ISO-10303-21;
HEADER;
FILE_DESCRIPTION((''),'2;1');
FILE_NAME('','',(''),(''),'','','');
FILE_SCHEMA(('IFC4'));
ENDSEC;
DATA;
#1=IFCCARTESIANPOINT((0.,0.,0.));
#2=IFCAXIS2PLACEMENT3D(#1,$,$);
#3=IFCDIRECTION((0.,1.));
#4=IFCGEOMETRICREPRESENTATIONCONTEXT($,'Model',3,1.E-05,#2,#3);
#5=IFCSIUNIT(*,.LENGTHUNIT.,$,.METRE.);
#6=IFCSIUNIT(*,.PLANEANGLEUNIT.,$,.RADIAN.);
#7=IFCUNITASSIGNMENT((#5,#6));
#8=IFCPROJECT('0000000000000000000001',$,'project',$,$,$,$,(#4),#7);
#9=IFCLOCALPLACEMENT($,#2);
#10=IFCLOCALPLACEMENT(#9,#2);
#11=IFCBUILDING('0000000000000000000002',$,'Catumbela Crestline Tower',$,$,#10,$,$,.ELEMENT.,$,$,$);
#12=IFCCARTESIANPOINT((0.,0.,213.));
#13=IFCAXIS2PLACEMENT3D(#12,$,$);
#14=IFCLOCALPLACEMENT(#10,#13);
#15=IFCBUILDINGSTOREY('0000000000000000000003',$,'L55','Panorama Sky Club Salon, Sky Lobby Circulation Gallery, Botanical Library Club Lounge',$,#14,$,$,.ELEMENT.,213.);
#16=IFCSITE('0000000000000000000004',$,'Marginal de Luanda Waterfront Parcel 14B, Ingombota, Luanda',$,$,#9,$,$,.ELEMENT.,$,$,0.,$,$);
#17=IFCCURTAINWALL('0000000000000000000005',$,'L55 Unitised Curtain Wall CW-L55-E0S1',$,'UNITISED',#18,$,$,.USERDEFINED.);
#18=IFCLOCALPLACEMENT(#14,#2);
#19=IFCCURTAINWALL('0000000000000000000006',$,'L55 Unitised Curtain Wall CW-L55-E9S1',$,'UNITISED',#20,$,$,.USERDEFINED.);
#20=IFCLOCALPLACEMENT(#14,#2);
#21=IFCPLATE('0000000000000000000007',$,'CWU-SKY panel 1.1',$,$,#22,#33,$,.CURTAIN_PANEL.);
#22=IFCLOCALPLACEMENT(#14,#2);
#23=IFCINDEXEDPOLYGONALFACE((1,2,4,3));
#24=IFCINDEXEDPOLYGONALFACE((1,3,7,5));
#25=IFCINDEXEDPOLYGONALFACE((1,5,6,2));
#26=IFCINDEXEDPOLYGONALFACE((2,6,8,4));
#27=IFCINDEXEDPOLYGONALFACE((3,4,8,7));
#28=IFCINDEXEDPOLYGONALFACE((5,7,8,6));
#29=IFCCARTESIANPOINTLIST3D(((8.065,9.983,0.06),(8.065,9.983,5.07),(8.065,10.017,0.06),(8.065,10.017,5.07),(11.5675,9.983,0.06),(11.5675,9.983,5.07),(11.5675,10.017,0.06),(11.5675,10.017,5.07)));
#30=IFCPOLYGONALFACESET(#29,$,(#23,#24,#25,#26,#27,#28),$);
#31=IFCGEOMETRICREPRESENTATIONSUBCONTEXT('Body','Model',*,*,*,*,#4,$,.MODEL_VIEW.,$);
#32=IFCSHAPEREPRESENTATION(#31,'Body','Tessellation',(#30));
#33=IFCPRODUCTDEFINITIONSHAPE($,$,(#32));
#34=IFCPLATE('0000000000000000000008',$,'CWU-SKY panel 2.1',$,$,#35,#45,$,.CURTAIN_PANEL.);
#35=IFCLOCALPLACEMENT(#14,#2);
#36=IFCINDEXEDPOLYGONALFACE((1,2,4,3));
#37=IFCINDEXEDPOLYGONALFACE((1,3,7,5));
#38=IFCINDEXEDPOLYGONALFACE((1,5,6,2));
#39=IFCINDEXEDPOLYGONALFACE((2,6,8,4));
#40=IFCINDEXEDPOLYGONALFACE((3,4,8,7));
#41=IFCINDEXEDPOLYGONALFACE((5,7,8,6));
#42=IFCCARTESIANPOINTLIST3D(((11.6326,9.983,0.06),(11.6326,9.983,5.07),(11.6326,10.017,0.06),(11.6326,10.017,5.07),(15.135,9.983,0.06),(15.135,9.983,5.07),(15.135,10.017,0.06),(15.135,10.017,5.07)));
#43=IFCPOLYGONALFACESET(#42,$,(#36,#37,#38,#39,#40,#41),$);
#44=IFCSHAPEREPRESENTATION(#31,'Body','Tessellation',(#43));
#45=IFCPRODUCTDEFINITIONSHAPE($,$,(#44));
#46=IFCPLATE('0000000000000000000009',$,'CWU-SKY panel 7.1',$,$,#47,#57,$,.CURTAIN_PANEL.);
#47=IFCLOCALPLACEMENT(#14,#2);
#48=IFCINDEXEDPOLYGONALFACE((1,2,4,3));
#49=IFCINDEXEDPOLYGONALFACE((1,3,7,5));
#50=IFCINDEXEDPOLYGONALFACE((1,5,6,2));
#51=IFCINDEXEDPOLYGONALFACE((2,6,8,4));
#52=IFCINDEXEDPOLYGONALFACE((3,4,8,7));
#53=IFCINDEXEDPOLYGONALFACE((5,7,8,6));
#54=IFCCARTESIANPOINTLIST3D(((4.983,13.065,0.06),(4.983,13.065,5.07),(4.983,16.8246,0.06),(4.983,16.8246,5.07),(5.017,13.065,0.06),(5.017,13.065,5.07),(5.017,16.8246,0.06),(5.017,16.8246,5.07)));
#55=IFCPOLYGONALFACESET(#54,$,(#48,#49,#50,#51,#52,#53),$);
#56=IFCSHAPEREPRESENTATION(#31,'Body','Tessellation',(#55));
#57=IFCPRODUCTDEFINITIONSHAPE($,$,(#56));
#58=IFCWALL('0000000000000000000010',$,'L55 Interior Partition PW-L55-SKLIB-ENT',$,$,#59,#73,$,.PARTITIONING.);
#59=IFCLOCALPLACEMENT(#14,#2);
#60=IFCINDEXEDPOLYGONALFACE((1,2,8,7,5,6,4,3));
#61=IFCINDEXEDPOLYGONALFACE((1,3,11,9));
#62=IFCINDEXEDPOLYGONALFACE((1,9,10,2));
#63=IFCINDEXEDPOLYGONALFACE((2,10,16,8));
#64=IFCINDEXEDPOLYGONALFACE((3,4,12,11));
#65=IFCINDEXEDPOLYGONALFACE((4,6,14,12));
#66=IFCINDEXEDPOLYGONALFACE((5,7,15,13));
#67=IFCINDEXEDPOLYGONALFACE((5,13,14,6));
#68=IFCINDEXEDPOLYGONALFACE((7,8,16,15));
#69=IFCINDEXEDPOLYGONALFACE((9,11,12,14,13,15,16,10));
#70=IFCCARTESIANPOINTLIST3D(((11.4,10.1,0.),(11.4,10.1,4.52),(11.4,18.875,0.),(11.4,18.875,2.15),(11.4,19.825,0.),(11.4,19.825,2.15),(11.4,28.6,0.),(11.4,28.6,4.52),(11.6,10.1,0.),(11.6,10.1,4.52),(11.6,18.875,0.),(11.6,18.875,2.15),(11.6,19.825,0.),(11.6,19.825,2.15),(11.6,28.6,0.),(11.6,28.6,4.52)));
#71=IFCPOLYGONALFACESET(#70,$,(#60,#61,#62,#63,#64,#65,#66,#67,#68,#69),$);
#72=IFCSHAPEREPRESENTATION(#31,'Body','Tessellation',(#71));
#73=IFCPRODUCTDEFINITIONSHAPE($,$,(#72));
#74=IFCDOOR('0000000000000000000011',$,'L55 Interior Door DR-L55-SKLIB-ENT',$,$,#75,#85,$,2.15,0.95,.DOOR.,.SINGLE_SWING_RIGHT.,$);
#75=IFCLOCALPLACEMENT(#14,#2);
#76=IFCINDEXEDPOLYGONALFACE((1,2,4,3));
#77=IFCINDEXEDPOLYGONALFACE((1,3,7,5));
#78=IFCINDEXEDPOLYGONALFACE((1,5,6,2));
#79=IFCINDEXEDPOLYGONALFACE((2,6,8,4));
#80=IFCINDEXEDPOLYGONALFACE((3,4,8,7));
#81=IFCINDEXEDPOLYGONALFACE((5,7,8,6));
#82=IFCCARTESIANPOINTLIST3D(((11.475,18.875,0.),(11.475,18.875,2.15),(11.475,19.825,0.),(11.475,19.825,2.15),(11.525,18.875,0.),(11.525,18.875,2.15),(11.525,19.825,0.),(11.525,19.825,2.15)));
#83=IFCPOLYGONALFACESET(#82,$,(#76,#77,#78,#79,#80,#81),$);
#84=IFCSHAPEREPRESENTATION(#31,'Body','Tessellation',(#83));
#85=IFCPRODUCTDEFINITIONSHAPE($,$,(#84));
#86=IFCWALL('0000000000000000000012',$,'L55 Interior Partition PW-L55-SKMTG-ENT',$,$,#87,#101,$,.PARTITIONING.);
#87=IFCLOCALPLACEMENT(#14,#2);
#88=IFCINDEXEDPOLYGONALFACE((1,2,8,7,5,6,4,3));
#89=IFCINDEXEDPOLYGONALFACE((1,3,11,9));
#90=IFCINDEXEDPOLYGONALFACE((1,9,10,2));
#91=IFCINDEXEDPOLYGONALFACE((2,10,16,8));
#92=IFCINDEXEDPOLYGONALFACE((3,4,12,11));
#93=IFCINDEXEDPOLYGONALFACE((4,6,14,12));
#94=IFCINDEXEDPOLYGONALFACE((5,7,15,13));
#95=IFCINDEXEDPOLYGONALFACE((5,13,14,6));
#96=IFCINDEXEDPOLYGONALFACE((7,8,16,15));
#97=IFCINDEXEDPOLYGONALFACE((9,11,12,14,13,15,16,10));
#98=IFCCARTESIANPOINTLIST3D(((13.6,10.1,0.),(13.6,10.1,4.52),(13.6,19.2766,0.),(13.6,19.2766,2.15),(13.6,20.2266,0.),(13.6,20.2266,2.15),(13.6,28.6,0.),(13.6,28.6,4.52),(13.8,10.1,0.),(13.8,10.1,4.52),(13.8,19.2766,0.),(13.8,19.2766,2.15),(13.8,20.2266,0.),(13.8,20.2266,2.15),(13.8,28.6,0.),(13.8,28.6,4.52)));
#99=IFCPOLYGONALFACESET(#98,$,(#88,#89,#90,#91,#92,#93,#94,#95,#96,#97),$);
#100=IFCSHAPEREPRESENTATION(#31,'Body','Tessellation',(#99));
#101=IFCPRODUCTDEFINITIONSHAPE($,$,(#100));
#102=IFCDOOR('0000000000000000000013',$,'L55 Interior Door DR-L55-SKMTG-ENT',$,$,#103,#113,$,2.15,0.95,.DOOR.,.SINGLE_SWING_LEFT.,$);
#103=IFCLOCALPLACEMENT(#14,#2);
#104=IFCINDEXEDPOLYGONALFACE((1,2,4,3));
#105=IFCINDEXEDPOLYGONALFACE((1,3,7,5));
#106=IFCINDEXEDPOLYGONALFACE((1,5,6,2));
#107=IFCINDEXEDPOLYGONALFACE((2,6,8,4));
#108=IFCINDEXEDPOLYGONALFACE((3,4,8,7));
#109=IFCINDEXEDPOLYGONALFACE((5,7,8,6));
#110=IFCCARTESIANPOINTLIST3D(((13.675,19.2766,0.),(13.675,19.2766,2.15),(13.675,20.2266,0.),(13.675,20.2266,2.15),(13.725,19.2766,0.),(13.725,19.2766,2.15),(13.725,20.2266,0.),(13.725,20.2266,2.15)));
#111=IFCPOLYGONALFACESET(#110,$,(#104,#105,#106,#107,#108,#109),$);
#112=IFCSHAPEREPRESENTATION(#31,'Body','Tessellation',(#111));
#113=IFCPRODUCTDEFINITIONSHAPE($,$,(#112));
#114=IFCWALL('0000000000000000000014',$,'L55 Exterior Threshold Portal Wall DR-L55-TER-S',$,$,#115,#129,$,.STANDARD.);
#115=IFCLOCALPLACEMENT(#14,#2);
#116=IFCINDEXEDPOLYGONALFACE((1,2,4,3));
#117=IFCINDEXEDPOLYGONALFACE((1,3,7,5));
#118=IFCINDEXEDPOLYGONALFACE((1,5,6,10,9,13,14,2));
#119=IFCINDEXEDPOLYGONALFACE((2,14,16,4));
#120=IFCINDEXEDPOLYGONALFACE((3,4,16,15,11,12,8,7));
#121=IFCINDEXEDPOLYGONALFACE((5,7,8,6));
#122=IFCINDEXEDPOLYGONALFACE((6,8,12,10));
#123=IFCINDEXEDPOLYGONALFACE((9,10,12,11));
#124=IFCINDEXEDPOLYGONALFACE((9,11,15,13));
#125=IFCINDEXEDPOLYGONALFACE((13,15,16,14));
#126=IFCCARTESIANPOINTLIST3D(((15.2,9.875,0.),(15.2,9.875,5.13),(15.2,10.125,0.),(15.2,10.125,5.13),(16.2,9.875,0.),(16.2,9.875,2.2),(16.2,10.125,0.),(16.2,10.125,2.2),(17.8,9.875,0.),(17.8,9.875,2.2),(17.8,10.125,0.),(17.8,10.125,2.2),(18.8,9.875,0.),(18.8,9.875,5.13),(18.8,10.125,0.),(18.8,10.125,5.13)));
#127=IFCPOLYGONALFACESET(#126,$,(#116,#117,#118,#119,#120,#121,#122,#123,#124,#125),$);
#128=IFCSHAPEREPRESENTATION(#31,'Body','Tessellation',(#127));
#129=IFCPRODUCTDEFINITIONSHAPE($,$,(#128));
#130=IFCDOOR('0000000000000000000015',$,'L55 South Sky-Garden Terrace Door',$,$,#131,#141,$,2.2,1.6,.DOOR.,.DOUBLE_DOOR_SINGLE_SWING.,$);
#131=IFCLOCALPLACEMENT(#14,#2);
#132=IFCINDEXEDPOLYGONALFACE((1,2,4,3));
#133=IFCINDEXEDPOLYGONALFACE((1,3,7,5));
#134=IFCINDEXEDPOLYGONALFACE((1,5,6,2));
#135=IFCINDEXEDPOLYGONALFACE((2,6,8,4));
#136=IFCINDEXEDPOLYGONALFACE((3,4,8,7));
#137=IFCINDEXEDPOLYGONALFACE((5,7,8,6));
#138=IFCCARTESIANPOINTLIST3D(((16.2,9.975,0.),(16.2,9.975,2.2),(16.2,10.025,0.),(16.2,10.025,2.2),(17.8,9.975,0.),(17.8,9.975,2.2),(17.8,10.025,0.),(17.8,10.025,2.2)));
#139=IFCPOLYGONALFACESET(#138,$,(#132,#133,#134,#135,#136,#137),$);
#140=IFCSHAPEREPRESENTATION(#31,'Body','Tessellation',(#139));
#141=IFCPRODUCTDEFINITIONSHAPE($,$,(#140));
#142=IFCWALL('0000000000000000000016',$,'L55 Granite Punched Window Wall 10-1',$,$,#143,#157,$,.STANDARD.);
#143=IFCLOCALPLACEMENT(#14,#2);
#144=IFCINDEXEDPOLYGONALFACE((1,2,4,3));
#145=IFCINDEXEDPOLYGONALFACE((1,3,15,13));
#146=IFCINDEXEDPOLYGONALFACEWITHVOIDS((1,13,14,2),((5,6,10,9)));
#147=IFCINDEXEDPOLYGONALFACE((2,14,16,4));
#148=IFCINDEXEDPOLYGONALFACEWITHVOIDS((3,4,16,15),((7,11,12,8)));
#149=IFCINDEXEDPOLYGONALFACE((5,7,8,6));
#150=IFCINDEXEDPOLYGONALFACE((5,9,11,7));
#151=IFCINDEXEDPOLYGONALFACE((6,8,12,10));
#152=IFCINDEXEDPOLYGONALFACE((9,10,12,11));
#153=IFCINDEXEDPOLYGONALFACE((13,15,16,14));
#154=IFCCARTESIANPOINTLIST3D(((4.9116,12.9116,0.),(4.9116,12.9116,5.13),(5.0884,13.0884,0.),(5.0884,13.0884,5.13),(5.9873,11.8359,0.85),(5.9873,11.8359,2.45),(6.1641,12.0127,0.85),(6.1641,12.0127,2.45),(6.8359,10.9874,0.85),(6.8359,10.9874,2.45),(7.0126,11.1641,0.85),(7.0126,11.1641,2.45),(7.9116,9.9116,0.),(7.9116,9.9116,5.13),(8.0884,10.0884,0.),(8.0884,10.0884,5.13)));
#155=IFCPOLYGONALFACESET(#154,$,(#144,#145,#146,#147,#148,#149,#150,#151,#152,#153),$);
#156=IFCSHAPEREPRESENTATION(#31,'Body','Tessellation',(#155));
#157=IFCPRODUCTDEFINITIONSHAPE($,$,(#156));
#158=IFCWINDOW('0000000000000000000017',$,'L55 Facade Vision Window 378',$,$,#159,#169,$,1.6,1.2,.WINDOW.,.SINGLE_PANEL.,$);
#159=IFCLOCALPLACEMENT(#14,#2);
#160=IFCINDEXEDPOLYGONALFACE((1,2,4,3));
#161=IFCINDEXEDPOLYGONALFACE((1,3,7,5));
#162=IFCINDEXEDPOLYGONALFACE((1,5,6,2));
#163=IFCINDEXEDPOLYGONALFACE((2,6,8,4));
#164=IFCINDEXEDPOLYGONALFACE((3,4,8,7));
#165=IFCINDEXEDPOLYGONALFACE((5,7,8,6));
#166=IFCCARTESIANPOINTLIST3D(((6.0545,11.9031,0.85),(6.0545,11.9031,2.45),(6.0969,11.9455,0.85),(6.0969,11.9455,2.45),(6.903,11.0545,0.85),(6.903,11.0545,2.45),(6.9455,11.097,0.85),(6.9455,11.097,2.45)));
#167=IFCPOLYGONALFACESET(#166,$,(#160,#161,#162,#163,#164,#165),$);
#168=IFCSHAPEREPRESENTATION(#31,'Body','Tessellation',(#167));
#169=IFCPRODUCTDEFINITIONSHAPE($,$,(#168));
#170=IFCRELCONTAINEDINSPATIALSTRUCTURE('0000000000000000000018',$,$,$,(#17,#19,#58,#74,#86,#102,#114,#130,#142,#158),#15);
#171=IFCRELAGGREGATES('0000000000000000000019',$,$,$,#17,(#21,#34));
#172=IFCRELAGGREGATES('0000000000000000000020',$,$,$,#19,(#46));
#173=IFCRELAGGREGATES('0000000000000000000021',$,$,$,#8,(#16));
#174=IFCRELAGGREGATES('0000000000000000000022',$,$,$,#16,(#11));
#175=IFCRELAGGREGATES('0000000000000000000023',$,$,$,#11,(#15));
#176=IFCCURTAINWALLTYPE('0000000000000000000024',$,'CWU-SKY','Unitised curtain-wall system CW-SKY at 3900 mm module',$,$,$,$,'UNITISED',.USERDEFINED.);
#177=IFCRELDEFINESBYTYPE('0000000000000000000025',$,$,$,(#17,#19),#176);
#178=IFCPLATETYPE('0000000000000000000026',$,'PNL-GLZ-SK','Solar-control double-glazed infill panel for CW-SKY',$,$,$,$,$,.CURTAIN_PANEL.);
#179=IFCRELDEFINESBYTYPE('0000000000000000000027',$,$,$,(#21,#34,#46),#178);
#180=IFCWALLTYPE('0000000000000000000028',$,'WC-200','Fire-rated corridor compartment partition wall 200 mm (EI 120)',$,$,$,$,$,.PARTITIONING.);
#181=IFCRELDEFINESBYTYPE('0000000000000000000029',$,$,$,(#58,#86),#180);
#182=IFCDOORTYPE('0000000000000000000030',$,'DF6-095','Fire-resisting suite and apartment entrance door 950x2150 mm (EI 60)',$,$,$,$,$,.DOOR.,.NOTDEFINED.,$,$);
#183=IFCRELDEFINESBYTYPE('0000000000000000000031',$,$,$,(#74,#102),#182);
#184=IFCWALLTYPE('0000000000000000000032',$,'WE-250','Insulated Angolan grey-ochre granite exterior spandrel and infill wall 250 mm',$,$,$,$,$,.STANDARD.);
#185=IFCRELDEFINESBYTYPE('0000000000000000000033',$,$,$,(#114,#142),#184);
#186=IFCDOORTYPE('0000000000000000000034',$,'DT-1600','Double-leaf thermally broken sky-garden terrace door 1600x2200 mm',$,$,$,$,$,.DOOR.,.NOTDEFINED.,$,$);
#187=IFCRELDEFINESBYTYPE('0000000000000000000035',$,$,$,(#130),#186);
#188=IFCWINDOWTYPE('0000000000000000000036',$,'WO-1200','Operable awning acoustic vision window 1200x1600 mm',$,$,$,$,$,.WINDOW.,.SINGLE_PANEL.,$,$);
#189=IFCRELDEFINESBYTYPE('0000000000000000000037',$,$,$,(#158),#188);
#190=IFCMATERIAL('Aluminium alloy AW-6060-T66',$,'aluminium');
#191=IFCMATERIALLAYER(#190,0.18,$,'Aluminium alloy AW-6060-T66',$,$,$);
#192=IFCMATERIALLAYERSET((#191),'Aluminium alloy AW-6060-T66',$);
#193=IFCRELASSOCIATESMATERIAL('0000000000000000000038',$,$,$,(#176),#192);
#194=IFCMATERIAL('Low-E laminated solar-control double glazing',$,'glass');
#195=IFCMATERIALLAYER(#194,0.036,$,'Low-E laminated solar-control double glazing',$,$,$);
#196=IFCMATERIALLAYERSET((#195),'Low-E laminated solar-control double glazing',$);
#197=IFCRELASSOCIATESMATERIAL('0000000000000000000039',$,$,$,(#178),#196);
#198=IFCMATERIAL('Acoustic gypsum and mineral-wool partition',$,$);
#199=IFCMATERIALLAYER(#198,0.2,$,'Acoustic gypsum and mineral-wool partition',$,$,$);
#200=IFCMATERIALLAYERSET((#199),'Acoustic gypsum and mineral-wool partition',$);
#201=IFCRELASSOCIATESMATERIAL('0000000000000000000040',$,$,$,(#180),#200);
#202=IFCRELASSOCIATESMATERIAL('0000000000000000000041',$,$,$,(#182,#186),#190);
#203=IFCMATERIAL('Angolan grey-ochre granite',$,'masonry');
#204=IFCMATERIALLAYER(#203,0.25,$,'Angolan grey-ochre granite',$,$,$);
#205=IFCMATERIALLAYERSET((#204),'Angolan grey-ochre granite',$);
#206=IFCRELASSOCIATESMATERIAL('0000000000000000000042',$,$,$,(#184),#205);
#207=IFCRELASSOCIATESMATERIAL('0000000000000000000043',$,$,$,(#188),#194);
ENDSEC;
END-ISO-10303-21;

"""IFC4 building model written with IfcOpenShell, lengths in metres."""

from ifc_helpers import new_model, si_unit, direction, frame, frame_2d, origin, origin_2d, place, context, subcontext, project, spatial, rectangle, extrude, material, layer, layer_set, type_object, element, fill, aggregate, save


model = new_model("IFC4")

# Units and contexts
model_context = context("Model", 3, precision=1e-05, world=origin(), true_north=direction((0.0, 1.0)))
body_context = subcontext(model_context, "Body", "Model", "MODEL_VIEW")
ifc_project = project(units=[si_unit("LENGTHUNIT", "METRE"), si_unit("PLANEANGLEUNIT", "RADIAN")], contexts=[model_context])

# Site, building, storey
site_placement = place(None, origin())
site = spatial("IfcSite", under=ifc_project, at=site_placement, Name="Marginal de Luanda Waterfront Parcel 14B, Ingombota, Luanda", CompositionType="ELEMENT", RefElevation=0.0)
building_placement = place(site_placement, origin())
building = spatial("IfcBuilding", under=site, at=building_placement, Name="Catumbela Crestline Tower", CompositionType="ELEMENT")
storey_placement = place(building_placement, frame((0.0, 0.0, 213.0)))
storey = spatial("IfcBuildingStorey", under=building, at=storey_placement, Name="L55", Description="Panorama Sky Club Salon, Sky Lobby Circulation Gallery, Botanical Library Club Lounge", CompositionType="ELEMENT", Elevation=213.0)

# Curtain walls
ifc_material_1 = material(Name="Aluminium alloy AW-6060-T66", Category="aluminium")
ifc_layer_1 = layer(ifc_material_1, 0.18, Name="Aluminium alloy AW-6060-T66")
ifc_layer_set_1 = layer_set([ifc_layer_1], Name="Aluminium alloy AW-6060-T66")
curtain_wall_type = type_object("IfcCurtainWallType", Name="CWU-SKY", Description="Unitised curtain-wall system CW-SKY at 3900 mm module", ElementType="UNITISED", PredefinedType="USERDEFINED", material=ifc_layer_set_1)
curtain_wall_1_placement = place(storey_placement, origin())
curtain_wall_1 = element("IfcCurtainWall", 1, at=curtain_wall_1_placement, inside=storey, type_object=curtain_wall_type, Name="L55 Unitised Curtain Wall CW-L55-E0S1", ObjectType="UNITISED", PredefinedType="USERDEFINED")
curtain_wall_2_placement = place(storey_placement, origin())
curtain_wall_2 = element("IfcCurtainWall", 2, at=curtain_wall_2_placement, inside=storey, type_object=curtain_wall_type, Name="L55 Unitised Curtain Wall CW-L55-E9S1", ObjectType="UNITISED", PredefinedType="USERDEFINED")

# Plates
ifc_material_2 = material(Name="Low-E laminated solar-control double glazing", Category="glass")
ifc_layer_2 = layer(ifc_material_2, 0.036, Name="Low-E laminated solar-control double glazing")
ifc_layer_set_2 = layer_set([ifc_layer_2], Name="Low-E laminated solar-control double glazing")
plate_type = type_object("IfcPlateType", Name="PNL-GLZ-SK", Description="Solar-control double-glazed infill panel for CW-SKY", PredefinedType="CURTAIN_PANEL", material=ifc_layer_set_2)
plate_1_placement = place(storey_placement, frame((9.8162, 10.0, 0.06), z_axis=(0.0, 0.0, 1.0), x_axis=(1.0, 0.0, 0.0)))
plate_1 = element("IfcPlate", 3, at=plate_1_placement, type_object=plate_type, Name="CWU-SKY panel 1.1", PredefinedType="CURTAIN_PANEL", context=body_context, shape_type="SweptSolid", body=[
    extrude(rectangle(XDim=3.5025, YDim=0.034, at=origin_2d()), origin(), (0.0, 0.0, 1.0), 5.01),
])
plate_2_placement = place(storey_placement, frame((13.3838, 10.0, 0.06), z_axis=(0.0, 0.0, 1.0), x_axis=(1.0, 0.0, 0.0)))
plate_2 = element("IfcPlate", 4, at=plate_2_placement, type_object=plate_type, Name="CWU-SKY panel 2.1", PredefinedType="CURTAIN_PANEL", context=body_context, shape_type="SweptSolid", body=[
    extrude(rectangle(XDim=3.5025, YDim=0.034, at=origin_2d()), origin(), (0.0, 0.0, 1.0), 5.01),
])
aggregate(curtain_wall_1, [plate_1, plate_2])
plate_3_placement = place(storey_placement, frame((5.0, 14.9448, 0.06), z_axis=(0.0, 0.0, 1.0), x_axis=(0.0, -1.0, 0.0)))
plate_3 = element("IfcPlate", 5, at=plate_3_placement, type_object=plate_type, Name="CWU-SKY panel 7.1", PredefinedType="CURTAIN_PANEL", context=body_context, shape_type="SweptSolid", body=[
    extrude(rectangle(XDim=3.7596, YDim=0.034, at=origin_2d()), origin(), (0.0, 0.0, 1.0), 5.01),
])
aggregate(curtain_wall_2, [plate_3])

# Walls, openings, doors
ifc_material_3 = material(Name="Acoustic gypsum and mineral-wool partition")
ifc_layer_3 = layer(ifc_material_3, 0.2, Name="Acoustic gypsum and mineral-wool partition")
ifc_layer_set_3 = layer_set([ifc_layer_3], Name="Acoustic gypsum and mineral-wool partition")
wall_type_1 = type_object("IfcWallType", Name="WC-200", Description="Fire-rated corridor compartment partition wall 200 mm (EI 120)", PredefinedType="PARTITIONING", material=ifc_layer_set_3)
wall_1_placement = place(storey_placement, frame((11.5, 10.1, 0.0), z_axis=(0.0, 0.0, 1.0), x_axis=(0.0, 1.0, 0.0)))
wall_1 = element("IfcWall", 6, at=wall_1_placement, inside=storey, type_object=wall_type_1, Name="L55 Interior Partition PW-L55-SKLIB-ENT", PredefinedType="PARTITIONING", context=body_context, shape_type="SweptSolid", body=[
    extrude(rectangle(XDim=18.5, YDim=0.2, at=frame_2d((9.25, 0.0))), origin(), (0.0, 0.0, 1.0), 4.52),
])
opening_1_placement = place(wall_1_placement, frame((8.775, 0.0, 0.0)))
opening_1 = element("IfcOpeningElement", 7, at=opening_1_placement, cuts=wall_1, PredefinedType="OPENING", context=body_context, shape_type="SweptSolid", body=[
    extrude(rectangle(XDim=0.95, YDim=2.15, at=frame_2d((0.475, 1.075))), frame((0.0, 0.11, 0.0), z_axis=(0.0, -1.0, 0.0), x_axis=(1.0, 0.0, 0.0)), (0.0, 0.0, 1.0), 0.22),
])
door_type_1 = type_object("IfcDoorType", Name="DF6-095", Description="Fire-resisting suite and apartment entrance door 950x2150 mm (EI 60)", OperationType="NOTDEFINED", PredefinedType="DOOR", material=ifc_material_1)
door_1_placement = place(opening_1_placement, origin())
door_1 = element("IfcDoor", 8, at=door_1_placement, inside=storey, type_object=door_type_1, Name="L55 Interior Door DR-L55-SKLIB-ENT", OperationType="SINGLE_SWING_RIGHT", OverallHeight=2.15, OverallWidth=0.95, PredefinedType="DOOR", context=body_context, shape_type="SweptSolid", body=[
    extrude(rectangle(XDim=0.95, YDim=2.15, at=frame_2d((0.475, 1.075))), frame((0.0, 0.025, 0.0), z_axis=(0.0, -1.0, 0.0), x_axis=(1.0, 0.0, 0.0)), (0.0, 0.0, 1.0), 0.05),
])
fill(opening_1, door_1)
wall_2_placement = place(storey_placement, frame((13.7, 10.1, 0.0), z_axis=(0.0, 0.0, 1.0), x_axis=(0.0, 1.0, 0.0)))
wall_2 = element("IfcWall", 9, at=wall_2_placement, inside=storey, type_object=wall_type_1, Name="L55 Interior Partition PW-L55-SKMTG-ENT", PredefinedType="PARTITIONING", context=body_context, shape_type="SweptSolid", body=[
    extrude(rectangle(XDim=18.5, YDim=0.2, at=frame_2d((9.25, 0.0))), origin(), (0.0, 0.0, 1.0), 4.52),
])
opening_2_placement = place(wall_2_placement, frame((9.1766, 0.0, 0.0)))
opening_2 = element("IfcOpeningElement", 10, at=opening_2_placement, cuts=wall_2, PredefinedType="OPENING", context=body_context, shape_type="SweptSolid", body=[
    extrude(rectangle(XDim=0.95, YDim=2.15, at=frame_2d((0.475, 1.075))), frame((0.0, 0.11, 0.0), z_axis=(0.0, -1.0, 0.0), x_axis=(1.0, 0.0, 0.0)), (0.0, 0.0, 1.0), 0.22),
])
door_2_placement = place(opening_2_placement, origin())
door_2 = element("IfcDoor", 11, at=door_2_placement, inside=storey, type_object=door_type_1, Name="L55 Interior Door DR-L55-SKMTG-ENT", OperationType="SINGLE_SWING_LEFT", OverallHeight=2.15, OverallWidth=0.95, PredefinedType="DOOR", context=body_context, shape_type="SweptSolid", body=[
    extrude(rectangle(XDim=0.95, YDim=2.15, at=frame_2d((0.475, 1.075))), frame((0.0, 0.025, 0.0), z_axis=(0.0, -1.0, 0.0), x_axis=(1.0, 0.0, 0.0)), (0.0, 0.0, 1.0), 0.05),
])
fill(opening_2, door_2)
ifc_material_4 = material(Name="Angolan grey-ochre granite", Category="masonry")
ifc_layer_4 = layer(ifc_material_4, 0.25, Name="Angolan grey-ochre granite")
ifc_layer_set_4 = layer_set([ifc_layer_4], Name="Angolan grey-ochre granite")
wall_type_2 = type_object("IfcWallType", Name="WE-250", Description="Insulated Angolan grey-ochre granite exterior spandrel and infill wall 250 mm", PredefinedType="STANDARD", material=ifc_layer_set_4)
wall_3_placement = place(storey_placement, frame((15.2, 10.0, 0.0), z_axis=(0.0, 0.0, 1.0), x_axis=(1.0, 0.0, 0.0)))
wall_3 = element("IfcWall", 12, at=wall_3_placement, inside=storey, type_object=wall_type_2, Name="L55 Exterior Threshold Portal Wall DR-L55-TER-S", PredefinedType="STANDARD", context=body_context, shape_type="SweptSolid", body=[
    extrude(rectangle(XDim=3.6, YDim=0.25, at=frame_2d((1.8, 0.0))), origin(), (0.0, 0.0, 1.0), 5.13),
])
opening_3_placement = place(wall_3_placement, frame((1.0, 0.0, 0.0)))
opening_3 = element("IfcOpeningElement", 13, at=opening_3_placement, cuts=wall_3, PredefinedType="OPENING", context=body_context, shape_type="SweptSolid", body=[
    extrude(rectangle(XDim=1.6, YDim=2.2, at=frame_2d((0.8, 1.1))), frame((0.0, 0.135, 0.0), z_axis=(0.0, -1.0, 0.0), x_axis=(1.0, 0.0, 0.0)), (0.0, 0.0, 1.0), 0.27),
])
door_type_2 = type_object("IfcDoorType", Name="DT-1600", Description="Double-leaf thermally broken sky-garden terrace door 1600x2200 mm", OperationType="NOTDEFINED", PredefinedType="DOOR", material=ifc_material_1)
door_3_placement = place(opening_3_placement, origin())
door_3 = element("IfcDoor", 14, at=door_3_placement, inside=storey, type_object=door_type_2, Name="L55 South Sky-Garden Terrace Door", OperationType="DOUBLE_DOOR_SINGLE_SWING", OverallHeight=2.2, OverallWidth=1.6, PredefinedType="DOOR", context=body_context, shape_type="SweptSolid", body=[
    extrude(rectangle(XDim=1.6, YDim=2.2, at=frame_2d((0.8, 1.1))), frame((0.0, 0.025, 0.0), z_axis=(0.0, -1.0, 0.0), x_axis=(1.0, 0.0, 0.0)), (0.0, 0.0, 1.0), 0.05),
])
fill(opening_3, door_3)

# Wall, opening, window
wall_4_placement = place(storey_placement, frame((5.0, 13.0, 0.0), z_axis=(0.0, 0.0, 1.0), x_axis=(0.707107, -0.707107, 0.0)))
wall_4 = element("IfcWall", 15, at=wall_4_placement, inside=storey, type_object=wall_type_2, Name="L55 Granite Punched Window Wall 10-1", PredefinedType="STANDARD", context=body_context, shape_type="SweptSolid", body=[
    extrude(rectangle(XDim=4.2426, YDim=0.25, at=frame_2d((2.1213, 0.0))), origin(), (0.0, 0.0, 1.0), 5.13),
])
opening_4_placement = place(wall_4_placement, frame((1.5213, 0.0, 0.85)))
opening_4 = element("IfcOpeningElement", 16, at=opening_4_placement, cuts=wall_4, PredefinedType="OPENING", context=body_context, shape_type="SweptSolid", body=[
    extrude(rectangle(XDim=1.2, YDim=1.6, at=frame_2d((0.6, 0.8))), frame((0.0, 0.135, 0.0), z_axis=(0.0, -1.0, 0.0), x_axis=(1.0, 0.0, 0.0)), (0.0, 0.0, 1.0), 0.27),
])
window_type = type_object("IfcWindowType", Name="WO-1200", Description="Operable awning acoustic vision window 1200x1600 mm", PartitioningType="SINGLE_PANEL", PredefinedType="WINDOW", material=ifc_material_2)
window_placement = place(opening_4_placement, origin())
window = element("IfcWindow", 17, at=window_placement, inside=storey, type_object=window_type, Name="L55 Facade Vision Window 378", OverallHeight=1.6, OverallWidth=1.2, PartitioningType="SINGLE_PANEL", PredefinedType="WINDOW", context=body_context, shape_type="SweptSolid", body=[
    extrude(rectangle(XDim=1.2, YDim=1.6, at=frame_2d((0.6, 0.8))), frame((0.0, 0.03, 0.0), z_axis=(0.0, -1.0, 0.0), x_axis=(1.0, 0.0, 0.0)), (0.0, 0.0, 1.0), 0.06),
])
fill(opening_4, window)

save(model, "model.ifc")
